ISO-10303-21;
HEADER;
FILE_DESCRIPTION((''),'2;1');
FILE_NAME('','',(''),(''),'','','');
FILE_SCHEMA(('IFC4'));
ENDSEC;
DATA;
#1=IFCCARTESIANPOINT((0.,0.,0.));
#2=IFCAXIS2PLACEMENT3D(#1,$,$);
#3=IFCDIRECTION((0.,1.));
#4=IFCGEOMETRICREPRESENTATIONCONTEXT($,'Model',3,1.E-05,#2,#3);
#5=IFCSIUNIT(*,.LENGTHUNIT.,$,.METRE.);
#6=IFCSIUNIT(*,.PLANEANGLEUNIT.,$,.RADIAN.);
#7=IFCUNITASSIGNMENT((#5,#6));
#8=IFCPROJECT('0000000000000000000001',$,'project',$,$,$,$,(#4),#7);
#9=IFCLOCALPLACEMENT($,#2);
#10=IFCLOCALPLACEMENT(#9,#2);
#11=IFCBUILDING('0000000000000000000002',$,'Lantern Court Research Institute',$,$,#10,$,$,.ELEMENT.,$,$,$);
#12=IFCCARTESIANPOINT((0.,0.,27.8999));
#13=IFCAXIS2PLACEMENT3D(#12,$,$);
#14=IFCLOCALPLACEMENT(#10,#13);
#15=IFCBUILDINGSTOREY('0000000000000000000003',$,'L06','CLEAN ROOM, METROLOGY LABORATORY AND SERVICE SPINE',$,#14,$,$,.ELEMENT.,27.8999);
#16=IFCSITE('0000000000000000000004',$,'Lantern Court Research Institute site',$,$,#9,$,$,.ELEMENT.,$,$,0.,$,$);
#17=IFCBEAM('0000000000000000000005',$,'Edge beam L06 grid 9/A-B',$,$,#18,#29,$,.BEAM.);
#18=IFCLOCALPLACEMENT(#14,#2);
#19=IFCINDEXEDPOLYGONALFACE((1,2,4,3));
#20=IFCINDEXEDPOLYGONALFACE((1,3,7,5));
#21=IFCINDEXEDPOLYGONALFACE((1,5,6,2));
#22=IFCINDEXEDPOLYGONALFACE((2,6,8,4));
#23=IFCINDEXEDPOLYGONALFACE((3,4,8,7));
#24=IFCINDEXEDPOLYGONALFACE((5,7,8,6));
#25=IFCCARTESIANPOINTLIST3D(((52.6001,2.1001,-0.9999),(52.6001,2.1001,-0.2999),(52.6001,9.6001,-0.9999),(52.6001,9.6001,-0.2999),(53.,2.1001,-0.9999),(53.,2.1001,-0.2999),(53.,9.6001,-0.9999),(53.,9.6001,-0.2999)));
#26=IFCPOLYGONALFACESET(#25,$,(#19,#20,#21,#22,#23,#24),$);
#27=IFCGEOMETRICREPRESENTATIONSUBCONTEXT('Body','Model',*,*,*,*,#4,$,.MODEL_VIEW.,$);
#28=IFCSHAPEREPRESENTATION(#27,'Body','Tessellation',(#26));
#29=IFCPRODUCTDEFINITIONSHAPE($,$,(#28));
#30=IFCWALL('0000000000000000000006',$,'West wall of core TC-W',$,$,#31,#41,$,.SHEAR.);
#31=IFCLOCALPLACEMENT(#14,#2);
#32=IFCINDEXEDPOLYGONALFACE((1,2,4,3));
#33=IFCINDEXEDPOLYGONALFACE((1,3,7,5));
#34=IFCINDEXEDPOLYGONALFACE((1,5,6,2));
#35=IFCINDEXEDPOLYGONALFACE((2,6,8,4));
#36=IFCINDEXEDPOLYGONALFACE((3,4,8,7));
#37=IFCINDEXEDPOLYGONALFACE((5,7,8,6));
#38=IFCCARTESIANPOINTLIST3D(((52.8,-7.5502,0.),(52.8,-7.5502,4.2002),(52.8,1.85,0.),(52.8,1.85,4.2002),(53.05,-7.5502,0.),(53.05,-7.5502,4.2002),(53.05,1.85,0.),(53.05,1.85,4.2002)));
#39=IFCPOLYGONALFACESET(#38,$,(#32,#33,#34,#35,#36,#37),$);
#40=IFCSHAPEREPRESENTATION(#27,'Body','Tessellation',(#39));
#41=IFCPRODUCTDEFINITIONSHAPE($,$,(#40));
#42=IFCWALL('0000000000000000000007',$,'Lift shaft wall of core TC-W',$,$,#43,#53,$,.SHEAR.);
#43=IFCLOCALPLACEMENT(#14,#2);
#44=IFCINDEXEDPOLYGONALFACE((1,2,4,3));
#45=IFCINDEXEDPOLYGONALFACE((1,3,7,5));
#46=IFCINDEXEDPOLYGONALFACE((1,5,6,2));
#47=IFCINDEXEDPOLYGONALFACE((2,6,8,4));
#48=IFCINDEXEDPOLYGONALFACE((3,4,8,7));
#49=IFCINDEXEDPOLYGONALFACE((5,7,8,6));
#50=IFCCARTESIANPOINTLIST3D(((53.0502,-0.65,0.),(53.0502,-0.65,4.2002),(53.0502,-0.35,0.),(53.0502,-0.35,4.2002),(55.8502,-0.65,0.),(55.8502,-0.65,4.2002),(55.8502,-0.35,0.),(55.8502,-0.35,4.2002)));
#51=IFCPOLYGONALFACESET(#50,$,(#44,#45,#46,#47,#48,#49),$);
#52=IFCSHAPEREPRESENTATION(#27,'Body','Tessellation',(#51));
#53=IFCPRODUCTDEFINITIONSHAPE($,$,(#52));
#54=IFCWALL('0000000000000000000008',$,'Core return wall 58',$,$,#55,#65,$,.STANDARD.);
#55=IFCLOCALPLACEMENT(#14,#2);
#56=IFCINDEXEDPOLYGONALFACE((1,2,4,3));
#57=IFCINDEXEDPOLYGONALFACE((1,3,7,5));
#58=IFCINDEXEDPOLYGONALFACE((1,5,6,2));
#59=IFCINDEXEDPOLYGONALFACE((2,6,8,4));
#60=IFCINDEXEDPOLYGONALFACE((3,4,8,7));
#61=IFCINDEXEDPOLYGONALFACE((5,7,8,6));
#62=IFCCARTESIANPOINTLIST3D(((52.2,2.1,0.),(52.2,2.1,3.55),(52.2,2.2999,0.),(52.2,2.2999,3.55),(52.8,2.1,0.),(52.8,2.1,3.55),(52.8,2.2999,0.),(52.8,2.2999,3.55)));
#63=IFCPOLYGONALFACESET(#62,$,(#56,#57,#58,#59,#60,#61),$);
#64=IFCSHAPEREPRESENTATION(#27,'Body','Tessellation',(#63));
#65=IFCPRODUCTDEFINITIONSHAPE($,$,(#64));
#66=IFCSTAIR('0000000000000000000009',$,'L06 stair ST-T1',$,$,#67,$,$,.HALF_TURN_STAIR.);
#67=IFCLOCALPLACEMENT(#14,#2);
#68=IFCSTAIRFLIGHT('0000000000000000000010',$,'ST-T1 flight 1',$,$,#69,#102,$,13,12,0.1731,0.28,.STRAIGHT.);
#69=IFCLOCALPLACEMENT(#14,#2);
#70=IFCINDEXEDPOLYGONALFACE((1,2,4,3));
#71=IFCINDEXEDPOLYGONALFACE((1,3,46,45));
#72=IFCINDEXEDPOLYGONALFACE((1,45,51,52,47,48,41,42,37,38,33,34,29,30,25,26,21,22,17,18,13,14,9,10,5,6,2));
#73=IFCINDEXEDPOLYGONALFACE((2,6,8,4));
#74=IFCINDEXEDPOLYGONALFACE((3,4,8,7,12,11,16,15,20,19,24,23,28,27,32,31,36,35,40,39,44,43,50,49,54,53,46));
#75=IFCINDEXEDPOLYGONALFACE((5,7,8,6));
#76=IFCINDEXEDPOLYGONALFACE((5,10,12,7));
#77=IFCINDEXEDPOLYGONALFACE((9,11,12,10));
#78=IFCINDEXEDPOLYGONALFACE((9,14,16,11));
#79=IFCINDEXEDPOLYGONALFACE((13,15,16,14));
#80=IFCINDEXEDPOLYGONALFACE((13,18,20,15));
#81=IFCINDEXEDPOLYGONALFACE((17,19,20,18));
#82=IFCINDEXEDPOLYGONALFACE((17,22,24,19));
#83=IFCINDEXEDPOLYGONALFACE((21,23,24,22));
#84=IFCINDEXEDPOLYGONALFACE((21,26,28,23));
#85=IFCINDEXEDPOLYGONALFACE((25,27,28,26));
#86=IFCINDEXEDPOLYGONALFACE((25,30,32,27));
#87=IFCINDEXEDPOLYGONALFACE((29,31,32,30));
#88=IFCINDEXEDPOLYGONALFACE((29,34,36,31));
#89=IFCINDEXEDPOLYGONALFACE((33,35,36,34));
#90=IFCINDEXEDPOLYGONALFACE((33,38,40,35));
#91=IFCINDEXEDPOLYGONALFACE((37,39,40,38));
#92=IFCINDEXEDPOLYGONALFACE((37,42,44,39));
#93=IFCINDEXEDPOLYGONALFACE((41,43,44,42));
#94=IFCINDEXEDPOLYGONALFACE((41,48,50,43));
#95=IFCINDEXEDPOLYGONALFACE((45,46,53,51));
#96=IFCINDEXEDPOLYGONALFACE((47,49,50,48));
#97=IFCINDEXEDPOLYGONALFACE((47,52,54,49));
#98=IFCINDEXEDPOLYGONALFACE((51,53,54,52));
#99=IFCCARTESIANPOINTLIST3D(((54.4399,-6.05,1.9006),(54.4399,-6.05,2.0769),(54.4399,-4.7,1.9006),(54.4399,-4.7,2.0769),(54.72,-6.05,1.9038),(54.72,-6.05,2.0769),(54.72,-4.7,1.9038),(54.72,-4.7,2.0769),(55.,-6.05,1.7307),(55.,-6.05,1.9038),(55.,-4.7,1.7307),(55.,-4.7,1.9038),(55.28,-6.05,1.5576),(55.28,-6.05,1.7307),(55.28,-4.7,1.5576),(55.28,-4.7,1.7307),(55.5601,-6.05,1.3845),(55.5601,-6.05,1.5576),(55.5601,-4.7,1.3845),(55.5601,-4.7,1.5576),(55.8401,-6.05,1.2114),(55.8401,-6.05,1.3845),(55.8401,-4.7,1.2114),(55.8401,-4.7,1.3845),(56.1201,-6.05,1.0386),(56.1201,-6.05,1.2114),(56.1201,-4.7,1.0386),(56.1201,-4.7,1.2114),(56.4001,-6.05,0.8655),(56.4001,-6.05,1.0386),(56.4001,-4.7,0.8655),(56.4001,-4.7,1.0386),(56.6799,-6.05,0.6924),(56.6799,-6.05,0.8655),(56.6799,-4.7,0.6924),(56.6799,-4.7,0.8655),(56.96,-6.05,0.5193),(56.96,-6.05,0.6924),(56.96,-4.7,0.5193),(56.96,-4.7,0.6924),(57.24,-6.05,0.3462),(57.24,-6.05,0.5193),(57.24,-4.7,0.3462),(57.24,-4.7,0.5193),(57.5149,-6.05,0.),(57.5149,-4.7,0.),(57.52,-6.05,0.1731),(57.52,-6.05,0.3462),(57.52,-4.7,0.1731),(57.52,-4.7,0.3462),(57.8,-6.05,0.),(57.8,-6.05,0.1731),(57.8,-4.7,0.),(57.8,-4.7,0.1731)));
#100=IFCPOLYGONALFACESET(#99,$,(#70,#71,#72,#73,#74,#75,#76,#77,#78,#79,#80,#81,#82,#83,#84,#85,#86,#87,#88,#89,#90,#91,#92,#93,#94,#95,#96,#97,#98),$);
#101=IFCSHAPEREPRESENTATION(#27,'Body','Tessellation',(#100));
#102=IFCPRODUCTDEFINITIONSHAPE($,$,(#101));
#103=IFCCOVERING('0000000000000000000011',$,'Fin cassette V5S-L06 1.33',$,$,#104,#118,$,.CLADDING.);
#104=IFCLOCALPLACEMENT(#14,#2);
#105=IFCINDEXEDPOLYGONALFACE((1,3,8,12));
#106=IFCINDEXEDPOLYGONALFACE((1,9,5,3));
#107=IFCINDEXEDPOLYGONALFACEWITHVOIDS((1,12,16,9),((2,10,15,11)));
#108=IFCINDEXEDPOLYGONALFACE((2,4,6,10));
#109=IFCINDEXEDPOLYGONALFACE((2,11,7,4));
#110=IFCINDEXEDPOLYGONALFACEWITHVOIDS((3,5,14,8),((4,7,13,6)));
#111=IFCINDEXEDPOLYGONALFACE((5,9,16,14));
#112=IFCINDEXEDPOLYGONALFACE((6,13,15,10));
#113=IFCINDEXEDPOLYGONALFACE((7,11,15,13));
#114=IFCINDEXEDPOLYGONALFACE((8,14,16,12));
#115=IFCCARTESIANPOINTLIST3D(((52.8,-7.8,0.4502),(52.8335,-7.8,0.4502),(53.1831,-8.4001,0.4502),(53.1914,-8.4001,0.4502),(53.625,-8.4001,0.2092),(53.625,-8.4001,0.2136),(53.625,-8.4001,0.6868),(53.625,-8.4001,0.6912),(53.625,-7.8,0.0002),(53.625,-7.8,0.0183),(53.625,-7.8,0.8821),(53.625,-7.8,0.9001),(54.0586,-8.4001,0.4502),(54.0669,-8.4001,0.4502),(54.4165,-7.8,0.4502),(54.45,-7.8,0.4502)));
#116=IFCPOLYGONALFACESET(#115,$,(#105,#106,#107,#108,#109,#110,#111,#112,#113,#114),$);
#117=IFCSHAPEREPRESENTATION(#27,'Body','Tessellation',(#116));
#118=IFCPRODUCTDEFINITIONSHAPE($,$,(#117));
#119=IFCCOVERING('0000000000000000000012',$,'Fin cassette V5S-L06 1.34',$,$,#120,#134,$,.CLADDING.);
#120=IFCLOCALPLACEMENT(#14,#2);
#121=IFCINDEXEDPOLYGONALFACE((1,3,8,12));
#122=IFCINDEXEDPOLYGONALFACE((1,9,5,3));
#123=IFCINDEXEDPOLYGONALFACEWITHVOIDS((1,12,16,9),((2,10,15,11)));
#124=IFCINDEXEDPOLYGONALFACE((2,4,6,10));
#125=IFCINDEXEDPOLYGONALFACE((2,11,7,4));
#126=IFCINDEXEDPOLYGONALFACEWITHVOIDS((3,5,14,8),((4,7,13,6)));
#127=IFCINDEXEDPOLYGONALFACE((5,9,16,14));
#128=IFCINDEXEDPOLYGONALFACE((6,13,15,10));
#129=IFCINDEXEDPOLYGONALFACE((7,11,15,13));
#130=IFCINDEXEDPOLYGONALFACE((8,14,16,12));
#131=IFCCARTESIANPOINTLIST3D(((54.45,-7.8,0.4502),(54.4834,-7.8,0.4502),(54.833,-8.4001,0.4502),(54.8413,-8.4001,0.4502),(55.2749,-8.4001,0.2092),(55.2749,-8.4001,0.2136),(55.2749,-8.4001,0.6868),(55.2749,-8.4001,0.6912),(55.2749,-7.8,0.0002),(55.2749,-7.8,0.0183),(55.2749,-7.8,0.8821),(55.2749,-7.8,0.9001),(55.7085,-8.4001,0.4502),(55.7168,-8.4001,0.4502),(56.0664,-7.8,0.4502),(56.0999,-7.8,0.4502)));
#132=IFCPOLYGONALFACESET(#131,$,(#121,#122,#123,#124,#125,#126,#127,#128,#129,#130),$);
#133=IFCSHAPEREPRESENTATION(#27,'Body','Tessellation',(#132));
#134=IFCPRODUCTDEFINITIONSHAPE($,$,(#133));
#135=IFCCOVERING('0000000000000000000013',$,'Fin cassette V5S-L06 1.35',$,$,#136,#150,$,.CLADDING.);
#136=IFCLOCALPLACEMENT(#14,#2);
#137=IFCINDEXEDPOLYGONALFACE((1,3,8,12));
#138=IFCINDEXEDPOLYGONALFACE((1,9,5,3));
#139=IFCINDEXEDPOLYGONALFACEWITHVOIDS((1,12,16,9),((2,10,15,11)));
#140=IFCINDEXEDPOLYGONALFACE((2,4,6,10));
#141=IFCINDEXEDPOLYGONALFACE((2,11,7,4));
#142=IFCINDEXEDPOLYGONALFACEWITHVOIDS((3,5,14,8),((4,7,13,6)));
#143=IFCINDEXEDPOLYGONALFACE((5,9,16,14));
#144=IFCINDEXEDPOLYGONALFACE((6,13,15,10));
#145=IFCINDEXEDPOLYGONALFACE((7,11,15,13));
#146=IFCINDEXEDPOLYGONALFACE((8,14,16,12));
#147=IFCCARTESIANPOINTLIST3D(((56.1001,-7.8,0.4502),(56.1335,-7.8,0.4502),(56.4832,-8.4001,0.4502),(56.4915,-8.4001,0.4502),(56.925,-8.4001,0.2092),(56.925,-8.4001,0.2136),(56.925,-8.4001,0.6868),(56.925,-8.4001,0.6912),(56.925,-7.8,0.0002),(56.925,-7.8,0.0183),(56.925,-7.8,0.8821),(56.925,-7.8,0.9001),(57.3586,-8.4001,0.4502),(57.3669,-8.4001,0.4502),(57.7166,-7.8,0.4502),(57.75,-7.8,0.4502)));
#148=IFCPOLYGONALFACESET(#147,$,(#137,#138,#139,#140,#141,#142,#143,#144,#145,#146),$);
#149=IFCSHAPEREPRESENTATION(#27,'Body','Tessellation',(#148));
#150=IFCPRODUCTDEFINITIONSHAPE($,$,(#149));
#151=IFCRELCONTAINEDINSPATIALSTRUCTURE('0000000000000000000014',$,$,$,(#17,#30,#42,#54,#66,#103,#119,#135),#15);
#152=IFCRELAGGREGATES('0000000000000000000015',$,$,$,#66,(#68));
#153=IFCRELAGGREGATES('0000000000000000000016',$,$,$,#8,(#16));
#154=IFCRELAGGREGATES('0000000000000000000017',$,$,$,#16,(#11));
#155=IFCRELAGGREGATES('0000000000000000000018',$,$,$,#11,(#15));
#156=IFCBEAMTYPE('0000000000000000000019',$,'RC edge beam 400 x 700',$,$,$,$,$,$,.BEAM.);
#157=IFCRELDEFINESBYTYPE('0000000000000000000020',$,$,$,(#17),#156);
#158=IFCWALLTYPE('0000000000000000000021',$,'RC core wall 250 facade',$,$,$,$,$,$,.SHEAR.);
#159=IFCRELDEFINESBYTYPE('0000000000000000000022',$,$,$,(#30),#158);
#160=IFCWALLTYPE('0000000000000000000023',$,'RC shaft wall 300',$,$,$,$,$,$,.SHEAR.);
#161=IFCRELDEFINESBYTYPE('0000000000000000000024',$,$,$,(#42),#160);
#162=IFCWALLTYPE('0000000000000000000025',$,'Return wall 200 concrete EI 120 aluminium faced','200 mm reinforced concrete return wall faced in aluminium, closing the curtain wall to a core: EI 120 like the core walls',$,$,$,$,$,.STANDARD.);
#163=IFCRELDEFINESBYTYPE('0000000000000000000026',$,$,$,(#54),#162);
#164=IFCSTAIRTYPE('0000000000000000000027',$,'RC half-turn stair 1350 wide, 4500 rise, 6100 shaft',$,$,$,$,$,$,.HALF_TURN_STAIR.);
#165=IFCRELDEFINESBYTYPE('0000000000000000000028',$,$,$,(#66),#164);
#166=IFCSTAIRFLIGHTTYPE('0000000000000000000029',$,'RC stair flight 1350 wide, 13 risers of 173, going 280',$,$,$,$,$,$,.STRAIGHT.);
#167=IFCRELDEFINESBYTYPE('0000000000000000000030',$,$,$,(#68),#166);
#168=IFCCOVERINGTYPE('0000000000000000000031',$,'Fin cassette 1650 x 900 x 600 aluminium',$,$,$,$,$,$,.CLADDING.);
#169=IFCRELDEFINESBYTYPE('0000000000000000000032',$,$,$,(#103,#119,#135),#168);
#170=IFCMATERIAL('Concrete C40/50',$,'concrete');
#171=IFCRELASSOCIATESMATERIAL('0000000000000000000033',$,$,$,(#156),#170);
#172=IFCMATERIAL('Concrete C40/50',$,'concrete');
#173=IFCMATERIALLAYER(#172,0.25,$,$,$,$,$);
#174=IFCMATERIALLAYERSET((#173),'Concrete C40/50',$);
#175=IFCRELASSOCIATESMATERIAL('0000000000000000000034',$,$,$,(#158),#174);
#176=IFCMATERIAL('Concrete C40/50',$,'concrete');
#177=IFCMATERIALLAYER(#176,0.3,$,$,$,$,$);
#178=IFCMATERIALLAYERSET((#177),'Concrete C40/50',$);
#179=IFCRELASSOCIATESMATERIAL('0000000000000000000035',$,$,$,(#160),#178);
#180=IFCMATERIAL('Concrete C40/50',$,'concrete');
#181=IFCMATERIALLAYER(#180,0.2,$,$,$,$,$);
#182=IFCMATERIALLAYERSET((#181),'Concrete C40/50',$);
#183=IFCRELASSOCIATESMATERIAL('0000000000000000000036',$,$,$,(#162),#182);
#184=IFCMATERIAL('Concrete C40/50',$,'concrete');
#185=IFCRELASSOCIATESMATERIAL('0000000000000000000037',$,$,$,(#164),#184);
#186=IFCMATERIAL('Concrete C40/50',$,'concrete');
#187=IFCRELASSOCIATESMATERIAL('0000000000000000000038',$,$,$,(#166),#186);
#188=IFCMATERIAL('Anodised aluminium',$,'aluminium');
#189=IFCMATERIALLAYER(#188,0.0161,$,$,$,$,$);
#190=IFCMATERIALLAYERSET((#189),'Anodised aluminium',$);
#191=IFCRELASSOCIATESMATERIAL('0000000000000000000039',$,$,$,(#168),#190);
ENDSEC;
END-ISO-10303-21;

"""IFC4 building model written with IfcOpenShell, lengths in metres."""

from ifc_helpers import new_model, entity, si_unit, direction, frame, frame_2d, origin, origin_2d, place, context, subcontext, project, spatial, polyline, rectangle, outline, extrude, material, layer, layer_set, material_profile, profile_set, type_object, element, aggregate, save


model = new_model("IFC4")

# Units and contexts
model_context = context("Model", 3, precision=1e-05, world=origin(), true_north=direction((0.0, 1.0)))
body_context = subcontext(model_context, "Body", "Model", "MODEL_VIEW")
ifc_project = project(units=[si_unit("LENGTHUNIT", "METRE"), si_unit("PLANEANGLEUNIT", "RADIAN")], contexts=[model_context])

# Site, building, storey
site_placement = place(None, origin())
site = spatial("IfcSite", under=ifc_project, at=site_placement, Name="Lantern Court Research Institute site", CompositionType="ELEMENT", RefElevation=0.0)
building_placement = place(site_placement, origin())
building = spatial("IfcBuilding", under=site, at=building_placement, Name="Lantern Court Research Institute", CompositionType="ELEMENT")
storey_placement = place(building_placement, frame((0.0, 0.0, 27.8999)))
storey = spatial("IfcBuildingStorey", under=building, at=storey_placement, Name="L06", Description="CLEAN ROOM, METROLOGY LABORATORY AND SERVICE SPINE", CompositionType="ELEMENT", Elevation=27.8999)

# Beam
ifc_material_1 = material(Name="Concrete C40/50", Category="concrete")
ifc_material_profile = material_profile(ifc_material_1, rectangle(XDim=0.3999, YDim=0.7, at=origin_2d()), Name="RC beam 400 x 700")
ifc_profile_set = profile_set([ifc_material_profile], Name="Concrete C40/50")
beam_type = type_object("IfcBeamType", Name="RC edge beam 400 x 700", PredefinedType="BEAM", material=ifc_profile_set)
beam_placement = place(storey_placement, frame((52.8, 2.1001, -0.6499), z_axis=(0.0, 1.0, 0.0), x_axis=(-1.0, 0.0, 0.0)))
element("IfcBeam", 1, at=beam_placement, inside=storey, type_object=beam_type, Name="Edge beam L06 grid 9/A-B", PredefinedType="BEAM", context=body_context, shape_type="SweptSolid", body=[
    extrude(rectangle(XDim=0.3999, YDim=0.7, at=origin_2d()), origin(), (0.0, 0.0, 1.0), 7.5),
])

# Wall
ifc_material_2 = material(Name="Concrete C40/50", Category="concrete")
ifc_layer_1 = layer(ifc_material_2, 0.25)
ifc_layer_set_1 = layer_set([ifc_layer_1], Name="Concrete C40/50")
wall_type_1 = type_object("IfcWallType", Name="RC core wall 250 facade", PredefinedType="SHEAR", material=ifc_layer_set_1)
wall_1_placement = place(storey_placement, frame((52.925, 1.8501, 0.0), z_axis=(0.0, 0.0, 1.0), x_axis=(0.0, -1.0, 0.0)))
element("IfcWall", 2, at=wall_1_placement, inside=storey, type_object=wall_type_1, Name="West wall of core TC-W", PredefinedType="SHEAR", context=body_context, shape_type="SweptSolid", body=[
    extrude(rectangle(XDim=9.4001, YDim=0.25, at=frame_2d((4.7002, 0.0))), origin(), (0.0, 0.0, 1.0), 4.2002),
])

# Shared definitions
ifc_material_3 = material(Name="Concrete C40/50", Category="concrete")
ifc_layer_2 = layer(ifc_material_3, 0.3)
ifc_layer_set_2 = layer_set([ifc_layer_2], Name="Concrete C40/50")
wall_type_2 = type_object("IfcWallType", Name="RC shaft wall 300", PredefinedType="SHEAR", material=ifc_layer_set_2)

# Walls
wall_2_placement = place(storey_placement, frame((55.8501, -0.5, 0.0), z_axis=(0.0, 0.0, 1.0), x_axis=(-1.0, 0.0, 0.0)))
element("IfcWall", 3, at=wall_2_placement, inside=storey, type_object=wall_type_2, Name="Lift shaft wall of core TC-W", PredefinedType="SHEAR", context=body_context, shape_type="SweptSolid", body=[
    extrude(rectangle(XDim=2.8, YDim=0.3, at=frame_2d((1.3999, 0.0))), origin(), (0.0, 0.0, 1.0), 4.2002),
])
ifc_material_4 = material(Name="Concrete C40/50", Category="concrete")
ifc_layer_3 = layer(ifc_material_4, 0.2)
ifc_layer_set_3 = layer_set([ifc_layer_3], Name="Concrete C40/50")
wall_type_3 = type_object("IfcWallType", Name="Return wall 200 concrete EI 120 aluminium faced", Description="200 mm reinforced concrete return wall faced in aluminium, closing the curtain wall to a core: EI 120 like the core walls", PredefinedType="STANDARD", material=ifc_layer_set_3)
wall_3_placement = place(storey_placement, frame((52.8, 2.2, 0.0), z_axis=(0.0, 0.0, 1.0), x_axis=(-1.0, 0.0, 0.0)))
element("IfcWall", 4, at=wall_3_placement, inside=storey, type_object=wall_type_3, Name="Core return wall 58", PredefinedType="STANDARD", context=body_context, shape_type="SweptSolid", body=[
    extrude(rectangle(XDim=0.6001, YDim=0.2, at=frame_2d((0.3, 0.0))), origin(), (0.0, 0.0, 1.0), 3.55),
])

# Stair, stair flight
ifc_material_5 = material(Name="Concrete C40/50", Category="concrete")
stair_type = type_object("IfcStairType", Name="RC half-turn stair 1350 wide, 4500 rise, 6100 shaft", PredefinedType="HALF_TURN_STAIR", material=ifc_material_5)
stair_placement = place(storey_placement, origin())
stair = element("IfcStair", 5, at=stair_placement, inside=storey, type_object=stair_type, Name="L06 stair ST-T1", PredefinedType="HALF_TURN_STAIR")
ifc_material_6 = material(Name="Concrete C40/50", Category="concrete")
stair_flight_type = type_object("IfcStairFlightType", Name="RC stair flight 1350 wide, 13 risers of 173, going 280", PredefinedType="STRAIGHT", material=ifc_material_6)
stair_flight_placement = place(storey_placement, frame((57.8, -5.375, 0.0), z_axis=(0.0, 0.0, 1.0), x_axis=(-1.0, 0.0, 0.0)))
stair_flight = element("IfcStairFlight", 6, at=stair_flight_placement, type_object=stair_flight_type, Name="ST-T1 flight 1", NumberOfRisers=13, NumberOfTreads=12, PredefinedType="STRAIGHT", RiserHeight=0.1731, TreadLength=0.28, context=body_context, shape_type="SweptSolid", body=[
    extrude(outline(polyline([(0.0, 0.0), (0.0, 0.1731), (0.28, 0.1731), (0.28, 0.3462), (0.5601, 0.3462), (0.5601, 0.5193), (0.8401, 0.5193), (0.8401, 0.6924), (1.1201, 0.6924), (1.1201, 0.8655), (1.3999, 0.8655), (1.3999, 1.0386), (1.6799, 1.0386), (1.6799, 1.2114), (1.96, 1.2114), (1.96, 1.3845), (2.24, 1.3845), (2.24, 1.5576), (2.52, 1.5576), (2.52, 1.7307), (2.8, 1.7307), (2.8, 1.9038), (3.0801, 1.9038), (3.0801, 2.0769), (3.3601, 2.0769), (3.3601, 2.25), (3.3601, 1.9006), (0.2852, 0.0), (0.0, 0.0)])), frame((0.0, 0.675, 0.0), z_axis=(0.0, -1.0, 0.0), x_axis=(1.0, 0.0, 0.0)), (0.0, 0.0, 1.0), 1.3501),
])
aggregate(stair, [stair_flight])

# Coverings
ifc_material_7 = material(Name="Anodised aluminium", Category="aluminium")
ifc_layer_4 = layer(ifc_material_7, 0.0161)
ifc_layer_set_4 = layer_set([ifc_layer_4], Name="Anodised aluminium")
covering_type = type_object("IfcCoveringType", Name="Fin cassette 1650 x 900 x 600 aluminium", PredefinedType="CLADDING", material=ifc_layer_set_4)
covering_1_placement = place(storey_placement, frame((53.625, -7.8, 0.4502), z_axis=(0.0, -1.0, 0.0), x_axis=(1.0, 0.0, 0.0)))
cartesian_point_1 = entity("IfcCartesianPoint", [0.825, 0.0])
cartesian_point_2 = entity("IfcCartesianPoint", [0.7915, 0.0])
cartesian_point_3 = entity("IfcCartesianPoint", [0.4419, 0.0])
cartesian_point_4 = entity("IfcCartesianPoint", [0.4336, 0.0])
element("IfcCovering", 7, at=covering_1_placement, inside=storey, type_object=covering_type, Name="Fin cassette V5S-L06 1.33", PredefinedType="CLADDING", context=body_context, shape_type="SweptSolid", body=[
    entity("IfcExtrudedAreaSolidTapered", entity("IfcArbitraryProfileDefWithVoids", "AREA", None, entity("IfcPolyline", [cartesian_point_1, entity("IfcCartesianPoint", [0.0, 0.45]), entity("IfcCartesianPoint", [-0.825, 0.0]), entity("IfcCartesianPoint", [0.0, -0.45]), cartesian_point_1]), [entity("IfcPolyline", [cartesian_point_2, entity("IfcCartesianPoint", [0.0, 0.4319]), entity("IfcCartesianPoint", [-0.7915, 0.0]), entity("IfcCartesianPoint", [0.0, -0.4319]), cartesian_point_2])]), entity("IfcAxis2Placement3D", entity("IfcCartesianPoint", [0.0, 0.0, 0.0])), entity("IfcDirection", [0.0, 0.0, 1.0]), 0.6001, entity("IfcArbitraryProfileDefWithVoids", "AREA", None, entity("IfcPolyline", [cartesian_point_3, entity("IfcCartesianPoint", [0.0, 0.241]), entity("IfcCartesianPoint", [-0.4419, 0.0]), entity("IfcCartesianPoint", [0.0, -0.241]), cartesian_point_3]), [entity("IfcPolyline", [cartesian_point_4, entity("IfcCartesianPoint", [0.0, 0.2366]), entity("IfcCartesianPoint", [-0.4336, 0.0]), entity("IfcCartesianPoint", [0.0, -0.2366]), cartesian_point_4])])),
])
covering_2_placement = place(storey_placement, frame((55.2749, -7.8, 0.4502), z_axis=(0.0, -1.0, 0.0), x_axis=(1.0, 0.0, 0.0)))
cartesian_point_5 = entity("IfcCartesianPoint", [0.825, 0.0])
cartesian_point_6 = entity("IfcCartesianPoint", [0.7915, 0.0])
cartesian_point_7 = entity("IfcCartesianPoint", [0.4419, 0.0])
cartesian_point_8 = entity("IfcCartesianPoint", [0.4336, 0.0])
element("IfcCovering", 8, at=covering_2_placement, inside=storey, type_object=covering_type, Name="Fin cassette V5S-L06 1.34", PredefinedType="CLADDING", context=body_context, shape_type="SweptSolid", body=[
    entity("IfcExtrudedAreaSolidTapered", entity("IfcArbitraryProfileDefWithVoids", "AREA", None, entity("IfcPolyline", [cartesian_point_5, entity("IfcCartesianPoint", [0.0, 0.45]), entity("IfcCartesianPoint", [-0.825, 0.0]), entity("IfcCartesianPoint", [0.0, -0.45]), cartesian_point_5]), [entity("IfcPolyline", [cartesian_point_6, entity("IfcCartesianPoint", [0.0, 0.4319]), entity("IfcCartesianPoint", [-0.7915, 0.0]), entity("IfcCartesianPoint", [0.0, -0.4319]), cartesian_point_6])]), entity("IfcAxis2Placement3D", entity("IfcCartesianPoint", [0.0, 0.0, 0.0])), entity("IfcDirection", [0.0, 0.0, 1.0]), 0.6001, entity("IfcArbitraryProfileDefWithVoids", "AREA", None, entity("IfcPolyline", [cartesian_point_7, entity("IfcCartesianPoint", [0.0, 0.241]), entity("IfcCartesianPoint", [-0.4419, 0.0]), entity("IfcCartesianPoint", [0.0, -0.241]), cartesian_point_7]), [entity("IfcPolyline", [cartesian_point_8, entity("IfcCartesianPoint", [0.0, 0.2366]), entity("IfcCartesianPoint", [-0.4336, 0.0]), entity("IfcCartesianPoint", [0.0, -0.2366]), cartesian_point_8])])),
])
covering_3_placement = place(storey_placement, frame((56.925, -7.8, 0.4502), z_axis=(0.0, -1.0, 0.0), x_axis=(1.0, 0.0, 0.0)))
cartesian_point_9 = entity("IfcCartesianPoint", [0.825, 0.0])
cartesian_point_10 = entity("IfcCartesianPoint", [0.7915, 0.0])
cartesian_point_11 = entity("IfcCartesianPoint", [0.4419, 0.0])
cartesian_point_12 = entity("IfcCartesianPoint", [0.4336, 0.0])
element("IfcCovering", 9, at=covering_3_placement, inside=storey, type_object=covering_type, Name="Fin cassette V5S-L06 1.35", PredefinedType="CLADDING", context=body_context, shape_type="SweptSolid", body=[
    entity("IfcExtrudedAreaSolidTapered", entity("IfcArbitraryProfileDefWithVoids", "AREA", None, entity("IfcPolyline", [cartesian_point_9, entity("IfcCartesianPoint", [0.0, 0.45]), entity("IfcCartesianPoint", [-0.825, 0.0]), entity("IfcCartesianPoint", [0.0, -0.45]), cartesian_point_9]), [entity("IfcPolyline", [cartesian_point_10, entity("IfcCartesianPoint", [0.0, 0.4319]), entity("IfcCartesianPoint", [-0.7915, 0.0]), entity("IfcCartesianPoint", [0.0, -0.4319]), cartesian_point_10])]), entity("IfcAxis2Placement3D", entity("IfcCartesianPoint", [0.0, 0.0, 0.0])), entity("IfcDirection", [0.0, 0.0, 1.0]), 0.6001, entity("IfcArbitraryProfileDefWithVoids", "AREA", None, entity("IfcPolyline", [cartesian_point_11, entity("IfcCartesianPoint", [0.0, 0.241]), entity("IfcCartesianPoint", [-0.4419, 0.0]), entity("IfcCartesianPoint", [0.0, -0.241]), cartesian_point_11]), [entity("IfcPolyline", [cartesian_point_12, entity("IfcCartesianPoint", [0.0, 0.2366]), entity("IfcCartesianPoint", [-0.4336, 0.0]), entity("IfcCartesianPoint", [0.0, -0.2366]), cartesian_point_12])])),
])

save(model, "model.ifc")
